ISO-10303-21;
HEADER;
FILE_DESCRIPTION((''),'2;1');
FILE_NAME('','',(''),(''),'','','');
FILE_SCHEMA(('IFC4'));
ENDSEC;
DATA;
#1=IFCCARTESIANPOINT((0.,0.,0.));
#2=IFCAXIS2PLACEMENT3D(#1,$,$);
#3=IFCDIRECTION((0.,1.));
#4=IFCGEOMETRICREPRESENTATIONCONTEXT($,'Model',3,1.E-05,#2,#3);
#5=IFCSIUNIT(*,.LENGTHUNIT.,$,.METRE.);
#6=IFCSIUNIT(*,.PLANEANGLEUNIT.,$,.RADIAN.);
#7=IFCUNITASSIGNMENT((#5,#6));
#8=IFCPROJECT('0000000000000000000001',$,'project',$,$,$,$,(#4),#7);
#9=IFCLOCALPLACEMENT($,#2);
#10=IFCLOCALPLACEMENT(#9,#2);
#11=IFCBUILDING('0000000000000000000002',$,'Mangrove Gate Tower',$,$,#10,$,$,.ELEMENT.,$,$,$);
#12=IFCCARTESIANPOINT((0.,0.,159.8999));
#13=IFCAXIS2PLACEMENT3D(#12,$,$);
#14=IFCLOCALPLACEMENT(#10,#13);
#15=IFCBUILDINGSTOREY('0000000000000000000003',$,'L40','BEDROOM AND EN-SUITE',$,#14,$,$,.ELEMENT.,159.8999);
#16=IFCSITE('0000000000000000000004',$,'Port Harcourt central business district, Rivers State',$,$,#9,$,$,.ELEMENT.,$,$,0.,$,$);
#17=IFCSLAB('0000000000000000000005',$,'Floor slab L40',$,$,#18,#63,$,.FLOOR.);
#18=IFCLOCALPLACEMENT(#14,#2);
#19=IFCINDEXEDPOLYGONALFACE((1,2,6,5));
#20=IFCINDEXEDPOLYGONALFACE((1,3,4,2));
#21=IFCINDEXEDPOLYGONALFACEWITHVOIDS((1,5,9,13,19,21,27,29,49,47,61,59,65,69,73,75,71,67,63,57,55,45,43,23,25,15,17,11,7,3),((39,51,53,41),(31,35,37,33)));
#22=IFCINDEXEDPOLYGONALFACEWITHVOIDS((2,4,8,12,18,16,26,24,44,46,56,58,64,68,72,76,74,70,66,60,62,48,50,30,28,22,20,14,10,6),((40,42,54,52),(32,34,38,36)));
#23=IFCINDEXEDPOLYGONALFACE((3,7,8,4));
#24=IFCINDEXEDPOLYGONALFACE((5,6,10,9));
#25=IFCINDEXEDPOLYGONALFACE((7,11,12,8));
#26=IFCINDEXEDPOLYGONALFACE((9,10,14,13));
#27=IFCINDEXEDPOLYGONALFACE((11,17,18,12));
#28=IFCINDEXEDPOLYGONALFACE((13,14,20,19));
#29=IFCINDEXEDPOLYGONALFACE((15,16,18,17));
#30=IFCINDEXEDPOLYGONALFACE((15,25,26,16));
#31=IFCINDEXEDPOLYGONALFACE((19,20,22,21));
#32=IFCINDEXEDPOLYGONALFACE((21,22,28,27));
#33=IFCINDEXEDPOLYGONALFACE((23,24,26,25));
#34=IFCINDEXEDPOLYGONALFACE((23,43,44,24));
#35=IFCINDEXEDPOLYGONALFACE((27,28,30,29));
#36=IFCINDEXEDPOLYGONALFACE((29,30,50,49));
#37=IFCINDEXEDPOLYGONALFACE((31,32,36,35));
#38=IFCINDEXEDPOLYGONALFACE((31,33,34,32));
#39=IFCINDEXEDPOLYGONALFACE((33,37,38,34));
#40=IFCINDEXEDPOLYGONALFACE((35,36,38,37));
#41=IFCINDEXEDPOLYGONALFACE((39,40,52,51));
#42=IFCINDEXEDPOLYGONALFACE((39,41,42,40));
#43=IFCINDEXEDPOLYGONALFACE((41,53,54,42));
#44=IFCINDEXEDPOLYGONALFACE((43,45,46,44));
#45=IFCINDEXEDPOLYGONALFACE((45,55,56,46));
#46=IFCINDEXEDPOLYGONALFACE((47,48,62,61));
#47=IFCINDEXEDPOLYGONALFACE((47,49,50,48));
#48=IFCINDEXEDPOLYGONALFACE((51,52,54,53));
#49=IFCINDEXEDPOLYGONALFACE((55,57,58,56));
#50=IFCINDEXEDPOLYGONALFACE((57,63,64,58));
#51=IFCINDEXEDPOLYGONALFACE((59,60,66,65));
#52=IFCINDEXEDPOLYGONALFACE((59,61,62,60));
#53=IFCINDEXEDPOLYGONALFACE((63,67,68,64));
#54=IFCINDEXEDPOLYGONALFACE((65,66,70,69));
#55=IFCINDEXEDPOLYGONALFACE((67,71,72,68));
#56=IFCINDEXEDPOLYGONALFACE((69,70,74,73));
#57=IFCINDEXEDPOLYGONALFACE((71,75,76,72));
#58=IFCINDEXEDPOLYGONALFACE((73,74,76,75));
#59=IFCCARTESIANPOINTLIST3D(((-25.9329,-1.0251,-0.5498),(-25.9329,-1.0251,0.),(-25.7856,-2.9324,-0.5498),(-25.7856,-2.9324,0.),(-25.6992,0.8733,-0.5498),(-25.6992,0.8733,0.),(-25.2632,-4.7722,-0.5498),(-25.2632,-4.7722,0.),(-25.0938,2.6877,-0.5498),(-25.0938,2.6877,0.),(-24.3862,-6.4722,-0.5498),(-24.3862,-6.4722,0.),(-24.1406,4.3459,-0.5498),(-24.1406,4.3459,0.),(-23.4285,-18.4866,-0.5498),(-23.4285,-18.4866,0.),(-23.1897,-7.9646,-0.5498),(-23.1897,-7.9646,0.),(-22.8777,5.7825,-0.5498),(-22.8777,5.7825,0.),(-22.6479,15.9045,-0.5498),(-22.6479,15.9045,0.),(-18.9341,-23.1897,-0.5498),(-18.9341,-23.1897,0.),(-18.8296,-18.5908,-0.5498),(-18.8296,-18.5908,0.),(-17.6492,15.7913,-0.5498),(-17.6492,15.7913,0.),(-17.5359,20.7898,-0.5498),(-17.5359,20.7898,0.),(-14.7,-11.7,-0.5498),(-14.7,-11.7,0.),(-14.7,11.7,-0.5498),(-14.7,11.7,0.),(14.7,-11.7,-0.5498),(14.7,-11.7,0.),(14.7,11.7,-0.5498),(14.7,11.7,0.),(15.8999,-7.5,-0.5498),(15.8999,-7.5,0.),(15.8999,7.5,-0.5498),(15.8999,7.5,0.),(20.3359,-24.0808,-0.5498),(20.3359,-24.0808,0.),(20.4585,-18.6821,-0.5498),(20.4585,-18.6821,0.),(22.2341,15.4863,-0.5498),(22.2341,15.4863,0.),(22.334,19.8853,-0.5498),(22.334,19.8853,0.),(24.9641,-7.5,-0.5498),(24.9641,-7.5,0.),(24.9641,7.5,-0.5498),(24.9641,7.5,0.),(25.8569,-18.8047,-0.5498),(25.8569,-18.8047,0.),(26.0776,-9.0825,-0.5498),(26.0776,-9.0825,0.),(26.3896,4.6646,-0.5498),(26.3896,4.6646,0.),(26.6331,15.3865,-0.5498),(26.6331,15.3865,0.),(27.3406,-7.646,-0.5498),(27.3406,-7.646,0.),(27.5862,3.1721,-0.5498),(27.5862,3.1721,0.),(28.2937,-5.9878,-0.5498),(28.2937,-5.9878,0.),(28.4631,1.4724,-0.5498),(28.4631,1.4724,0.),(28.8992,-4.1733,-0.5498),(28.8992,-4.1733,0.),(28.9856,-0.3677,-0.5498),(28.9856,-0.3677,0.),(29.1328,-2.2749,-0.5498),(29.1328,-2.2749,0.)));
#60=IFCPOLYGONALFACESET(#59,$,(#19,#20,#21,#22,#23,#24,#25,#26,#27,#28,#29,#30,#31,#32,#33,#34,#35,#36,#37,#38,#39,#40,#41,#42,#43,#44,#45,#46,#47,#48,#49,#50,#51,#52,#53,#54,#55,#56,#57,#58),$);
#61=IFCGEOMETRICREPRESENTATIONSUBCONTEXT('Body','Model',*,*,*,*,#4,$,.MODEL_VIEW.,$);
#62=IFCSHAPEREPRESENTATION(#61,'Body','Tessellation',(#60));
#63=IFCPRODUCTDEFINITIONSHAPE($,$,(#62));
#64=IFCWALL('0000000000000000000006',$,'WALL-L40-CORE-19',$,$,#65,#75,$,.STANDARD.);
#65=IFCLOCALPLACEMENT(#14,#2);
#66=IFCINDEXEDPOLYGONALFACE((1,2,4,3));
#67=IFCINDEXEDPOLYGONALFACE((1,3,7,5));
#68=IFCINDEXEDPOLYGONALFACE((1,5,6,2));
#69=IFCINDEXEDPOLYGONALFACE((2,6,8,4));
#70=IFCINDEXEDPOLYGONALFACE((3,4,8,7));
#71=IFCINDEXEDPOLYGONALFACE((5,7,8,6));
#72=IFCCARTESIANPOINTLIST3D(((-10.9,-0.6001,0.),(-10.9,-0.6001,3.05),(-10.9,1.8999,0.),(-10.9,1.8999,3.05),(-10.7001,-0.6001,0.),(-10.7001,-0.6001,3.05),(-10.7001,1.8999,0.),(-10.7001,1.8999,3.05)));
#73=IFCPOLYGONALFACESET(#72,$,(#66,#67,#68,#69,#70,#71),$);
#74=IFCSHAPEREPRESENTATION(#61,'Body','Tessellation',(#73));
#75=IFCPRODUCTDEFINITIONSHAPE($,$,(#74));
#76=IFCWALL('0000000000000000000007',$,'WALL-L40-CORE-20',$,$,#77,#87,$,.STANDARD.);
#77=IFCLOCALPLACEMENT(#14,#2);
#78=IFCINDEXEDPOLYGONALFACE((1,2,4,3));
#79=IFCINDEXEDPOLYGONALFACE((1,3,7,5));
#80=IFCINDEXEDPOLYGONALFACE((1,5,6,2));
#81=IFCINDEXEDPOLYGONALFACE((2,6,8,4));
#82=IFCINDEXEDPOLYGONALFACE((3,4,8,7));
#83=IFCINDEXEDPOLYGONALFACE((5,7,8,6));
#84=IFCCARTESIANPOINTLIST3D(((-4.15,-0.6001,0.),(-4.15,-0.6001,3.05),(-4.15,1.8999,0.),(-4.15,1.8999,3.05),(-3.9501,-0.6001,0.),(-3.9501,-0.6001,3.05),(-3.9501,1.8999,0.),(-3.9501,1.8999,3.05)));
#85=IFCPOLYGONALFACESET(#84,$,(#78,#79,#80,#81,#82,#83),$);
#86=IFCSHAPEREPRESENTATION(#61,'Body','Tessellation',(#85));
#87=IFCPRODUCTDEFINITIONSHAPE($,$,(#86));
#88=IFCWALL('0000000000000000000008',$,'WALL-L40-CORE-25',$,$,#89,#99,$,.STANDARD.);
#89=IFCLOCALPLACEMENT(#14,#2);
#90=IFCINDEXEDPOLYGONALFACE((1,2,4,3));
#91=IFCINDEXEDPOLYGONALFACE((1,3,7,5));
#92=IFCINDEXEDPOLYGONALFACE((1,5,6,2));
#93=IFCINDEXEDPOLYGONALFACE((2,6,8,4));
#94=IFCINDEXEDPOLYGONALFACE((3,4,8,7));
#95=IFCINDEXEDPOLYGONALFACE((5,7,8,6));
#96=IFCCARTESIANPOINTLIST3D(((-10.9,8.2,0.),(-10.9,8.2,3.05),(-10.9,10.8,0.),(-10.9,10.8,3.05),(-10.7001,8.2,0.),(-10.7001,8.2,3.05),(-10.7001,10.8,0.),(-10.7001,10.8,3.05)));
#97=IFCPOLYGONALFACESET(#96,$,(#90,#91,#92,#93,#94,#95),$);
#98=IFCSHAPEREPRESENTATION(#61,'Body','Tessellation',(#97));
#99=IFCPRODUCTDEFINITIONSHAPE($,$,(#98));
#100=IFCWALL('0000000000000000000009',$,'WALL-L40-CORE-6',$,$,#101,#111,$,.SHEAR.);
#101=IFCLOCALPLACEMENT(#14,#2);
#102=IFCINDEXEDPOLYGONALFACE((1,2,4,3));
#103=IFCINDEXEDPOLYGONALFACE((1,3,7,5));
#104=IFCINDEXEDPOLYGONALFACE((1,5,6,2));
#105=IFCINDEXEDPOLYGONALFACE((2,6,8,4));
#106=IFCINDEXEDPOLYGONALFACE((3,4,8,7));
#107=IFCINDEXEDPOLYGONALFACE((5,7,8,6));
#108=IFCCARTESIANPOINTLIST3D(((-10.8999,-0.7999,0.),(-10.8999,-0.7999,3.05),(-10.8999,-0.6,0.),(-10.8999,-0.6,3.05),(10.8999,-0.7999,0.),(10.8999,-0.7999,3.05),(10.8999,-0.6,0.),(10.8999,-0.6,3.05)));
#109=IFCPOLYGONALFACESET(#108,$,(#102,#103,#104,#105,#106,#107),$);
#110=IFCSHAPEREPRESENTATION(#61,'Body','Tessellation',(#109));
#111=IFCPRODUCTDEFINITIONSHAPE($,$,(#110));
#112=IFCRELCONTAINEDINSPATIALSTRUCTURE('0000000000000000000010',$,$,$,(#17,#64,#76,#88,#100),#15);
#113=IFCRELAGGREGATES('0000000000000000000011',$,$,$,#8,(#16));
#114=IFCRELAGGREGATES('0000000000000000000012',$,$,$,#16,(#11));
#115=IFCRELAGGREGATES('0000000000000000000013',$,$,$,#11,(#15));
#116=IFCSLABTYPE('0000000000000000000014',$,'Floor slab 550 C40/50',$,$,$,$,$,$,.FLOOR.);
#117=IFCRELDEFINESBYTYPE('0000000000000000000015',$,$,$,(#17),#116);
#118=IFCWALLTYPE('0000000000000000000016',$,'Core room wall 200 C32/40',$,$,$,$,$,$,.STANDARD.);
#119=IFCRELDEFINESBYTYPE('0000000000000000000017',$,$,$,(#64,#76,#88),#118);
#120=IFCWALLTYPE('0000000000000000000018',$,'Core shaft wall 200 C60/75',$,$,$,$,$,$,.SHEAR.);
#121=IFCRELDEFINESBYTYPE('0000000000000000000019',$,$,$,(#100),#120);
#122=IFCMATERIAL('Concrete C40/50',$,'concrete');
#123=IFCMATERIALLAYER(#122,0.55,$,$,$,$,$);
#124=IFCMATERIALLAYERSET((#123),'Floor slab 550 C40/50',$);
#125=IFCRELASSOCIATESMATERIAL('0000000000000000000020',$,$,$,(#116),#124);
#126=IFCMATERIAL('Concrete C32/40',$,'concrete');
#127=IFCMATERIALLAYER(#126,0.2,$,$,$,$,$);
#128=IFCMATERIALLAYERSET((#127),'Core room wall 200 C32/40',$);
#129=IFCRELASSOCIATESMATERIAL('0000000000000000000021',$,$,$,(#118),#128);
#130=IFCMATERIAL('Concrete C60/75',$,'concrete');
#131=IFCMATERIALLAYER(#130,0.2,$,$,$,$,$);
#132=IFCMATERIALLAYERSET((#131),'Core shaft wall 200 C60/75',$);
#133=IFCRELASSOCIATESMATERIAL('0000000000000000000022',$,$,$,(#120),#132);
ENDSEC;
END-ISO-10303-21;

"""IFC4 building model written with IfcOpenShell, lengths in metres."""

from ifc_helpers import new_model, si_unit, direction, frame, frame_2d, origin, place, context, subcontext, project, spatial, polyline, rectangle, outline, extrude, material, layer, layer_set, type_object, element, save


model = new_model("IFC4")

# Units and contexts
model_context = context("Model", 3, precision=1e-05, world=origin(), true_north=direction((0.0, 1.0)))
body_context = subcontext(model_context, "Body", "Model", "MODEL_VIEW")
ifc_project = project(units=[si_unit("LENGTHUNIT", "METRE"), si_unit("PLANEANGLEUNIT", "RADIAN")], contexts=[model_context])

# Site, building, storey
site_placement = place(None, origin())
site = spatial("IfcSite", under=ifc_project, at=site_placement, Name="Port Harcourt central business district, Rivers State", CompositionType="ELEMENT", RefElevation=0.0)
building_placement = place(site_placement, origin())
building = spatial("IfcBuilding", under=site, at=building_placement, Name="Mangrove Gate Tower", CompositionType="ELEMENT")
storey_placement = place(building_placement, frame((0.0, 0.0, 159.8999)))
storey = spatial("IfcBuildingStorey", under=building, at=storey_placement, Name="L40", Description="BEDROOM AND EN-SUITE", CompositionType="ELEMENT", Elevation=159.8999)

# Slab
ifc_material_1 = material(Name="Concrete C40/50", Category="concrete")
ifc_layer_1 = layer(ifc_material_1, 0.55)
ifc_layer_set_1 = layer_set([ifc_layer_1], Name="Floor slab 550 C40/50")
slab_type_1 = type_object("IfcSlabType", Name="Floor slab 550 C40/50", PredefinedType="FLOOR", material=ifc_layer_set_1)
slab_1_placement = place(storey_placement, frame((0.0, 0.0, -0.5498)))
element("IfcSlab", 1, at=slab_1_placement, inside=storey, type_object=slab_type_1, Name="Floor slab L40", PredefinedType="FLOOR", context=body_context, shape_type="SweptSolid", body=[
    extrude(outline(polyline([(-18.9341, -23.1897), (20.3359, -24.0808), (20.4585, -18.6821), (25.8569, -18.8047), (26.0776, -9.0825), (27.3406, -7.646), (28.2937, -5.9878), (28.8992, -4.1733), (29.1328, -2.2749), (28.9856, -0.3677), (28.4631, 1.4724), (27.5862, 3.1721), (26.3896, 4.6646), (26.6331, 15.3865), (22.2341, 15.4863), (22.334, 19.8853), (-17.5359, 20.7898), (-17.6492, 15.7913), (-22.6479, 15.9045), (-22.8777, 5.7825), (-24.1406, 4.3459), (-25.0938, 2.6877), (-25.6992, 0.8733), (-25.9329, -1.0251), (-25.7856, -2.9324), (-25.2632, -4.7722), (-24.3862, -6.4722), (-23.1897, -7.9646), (-23.4285, -18.4866), (-18.8296, -18.5908), (-18.9341, -23.1897)]), holes=[polyline([(15.8999, 7.5), (24.9641, 7.5), (24.9641, -7.5), (15.8999, -7.5), (15.8999, 7.5)]), polyline([(-14.7, -11.7), (-14.7, 11.7), (14.7, 11.7), (14.7, -11.7), (-14.7, -11.7)])]), origin(), (0.0, 0.0, 1.0), 0.5498),
])

# Walls
ifc_material_2 = material(Name="Concrete C32/40", Category="concrete")
ifc_layer_2 = layer(ifc_material_2, 0.2)
ifc_layer_set_2 = layer_set([ifc_layer_2], Name="Core room wall 200 C32/40")
wall_type_1 = type_object("IfcWallType", Name="Core room wall 200 C32/40", PredefinedType="STANDARD", material=ifc_layer_set_2)
for number, where, z_axis, x_axis, name in (
    (2, (-10.8, -0.6001, 0.0), (0.0, 0.0, 1.0), (0.0, 1.0, 0.0), "WALL-L40-CORE-19"),
    (3, (-4.05, -0.6001, 0.0), (0.0, 0.0, 1.0), (0.0, 1.0, 0.0), "WALL-L40-CORE-20"),
):
    element("IfcWall", number, at=place(storey_placement, frame(where, z_axis=z_axis, x_axis=x_axis)), inside=storey, type_object=wall_type_1, Name=name, PredefinedType="STANDARD", context=body_context, shape_type="SweptSolid", body=[
        extrude(rectangle(XDim=2.5, YDim=0.2, at=frame_2d((1.25, 0.0))), origin(), (0.0, 0.0, 1.0), 3.05),
    ])
wall_1_placement = place(storey_placement, frame((-10.8, 8.2, 0.0), z_axis=(0.0, 0.0, 1.0), x_axis=(0.0, 1.0, 0.0)))
element("IfcWall", 4, at=wall_1_placement, inside=storey, type_object=wall_type_1, Name="WALL-L40-CORE-25", PredefinedType="STANDARD", context=body_context, shape_type="SweptSolid", body=[
    extrude(rectangle(XDim=2.6001, YDim=0.2, at=frame_2d((1.3, 0.0))), origin(), (0.0, 0.0, 1.0), 3.05),
])
ifc_material_3 = material(Name="Concrete C60/75", Category="concrete")
ifc_layer_3 = layer(ifc_material_3, 0.2)
ifc_layer_set_3 = layer_set([ifc_layer_3], Name="Core shaft wall 200 C60/75")
wall_type_2 = type_object("IfcWallType", Name="Core shaft wall 200 C60/75", PredefinedType="SHEAR", material=ifc_layer_set_3)
wall_2_placement = place(storey_placement, frame((-10.8999, -0.7, 0.0), z_axis=(0.0, 0.0, 1.0), x_axis=(1.0, 0.0, 0.0)))
element("IfcWall", 5, at=wall_2_placement, inside=storey, type_object=wall_type_2, Name="WALL-L40-CORE-6", PredefinedType="SHEAR", context=body_context, shape_type="SweptSolid", body=[
    extrude(rectangle(XDim=21.7998, YDim=0.2, at=frame_2d((10.8999, 0.0))), origin(), (0.0, 0.0, 1.0), 3.05),
])

save(model, "model.ifc")
